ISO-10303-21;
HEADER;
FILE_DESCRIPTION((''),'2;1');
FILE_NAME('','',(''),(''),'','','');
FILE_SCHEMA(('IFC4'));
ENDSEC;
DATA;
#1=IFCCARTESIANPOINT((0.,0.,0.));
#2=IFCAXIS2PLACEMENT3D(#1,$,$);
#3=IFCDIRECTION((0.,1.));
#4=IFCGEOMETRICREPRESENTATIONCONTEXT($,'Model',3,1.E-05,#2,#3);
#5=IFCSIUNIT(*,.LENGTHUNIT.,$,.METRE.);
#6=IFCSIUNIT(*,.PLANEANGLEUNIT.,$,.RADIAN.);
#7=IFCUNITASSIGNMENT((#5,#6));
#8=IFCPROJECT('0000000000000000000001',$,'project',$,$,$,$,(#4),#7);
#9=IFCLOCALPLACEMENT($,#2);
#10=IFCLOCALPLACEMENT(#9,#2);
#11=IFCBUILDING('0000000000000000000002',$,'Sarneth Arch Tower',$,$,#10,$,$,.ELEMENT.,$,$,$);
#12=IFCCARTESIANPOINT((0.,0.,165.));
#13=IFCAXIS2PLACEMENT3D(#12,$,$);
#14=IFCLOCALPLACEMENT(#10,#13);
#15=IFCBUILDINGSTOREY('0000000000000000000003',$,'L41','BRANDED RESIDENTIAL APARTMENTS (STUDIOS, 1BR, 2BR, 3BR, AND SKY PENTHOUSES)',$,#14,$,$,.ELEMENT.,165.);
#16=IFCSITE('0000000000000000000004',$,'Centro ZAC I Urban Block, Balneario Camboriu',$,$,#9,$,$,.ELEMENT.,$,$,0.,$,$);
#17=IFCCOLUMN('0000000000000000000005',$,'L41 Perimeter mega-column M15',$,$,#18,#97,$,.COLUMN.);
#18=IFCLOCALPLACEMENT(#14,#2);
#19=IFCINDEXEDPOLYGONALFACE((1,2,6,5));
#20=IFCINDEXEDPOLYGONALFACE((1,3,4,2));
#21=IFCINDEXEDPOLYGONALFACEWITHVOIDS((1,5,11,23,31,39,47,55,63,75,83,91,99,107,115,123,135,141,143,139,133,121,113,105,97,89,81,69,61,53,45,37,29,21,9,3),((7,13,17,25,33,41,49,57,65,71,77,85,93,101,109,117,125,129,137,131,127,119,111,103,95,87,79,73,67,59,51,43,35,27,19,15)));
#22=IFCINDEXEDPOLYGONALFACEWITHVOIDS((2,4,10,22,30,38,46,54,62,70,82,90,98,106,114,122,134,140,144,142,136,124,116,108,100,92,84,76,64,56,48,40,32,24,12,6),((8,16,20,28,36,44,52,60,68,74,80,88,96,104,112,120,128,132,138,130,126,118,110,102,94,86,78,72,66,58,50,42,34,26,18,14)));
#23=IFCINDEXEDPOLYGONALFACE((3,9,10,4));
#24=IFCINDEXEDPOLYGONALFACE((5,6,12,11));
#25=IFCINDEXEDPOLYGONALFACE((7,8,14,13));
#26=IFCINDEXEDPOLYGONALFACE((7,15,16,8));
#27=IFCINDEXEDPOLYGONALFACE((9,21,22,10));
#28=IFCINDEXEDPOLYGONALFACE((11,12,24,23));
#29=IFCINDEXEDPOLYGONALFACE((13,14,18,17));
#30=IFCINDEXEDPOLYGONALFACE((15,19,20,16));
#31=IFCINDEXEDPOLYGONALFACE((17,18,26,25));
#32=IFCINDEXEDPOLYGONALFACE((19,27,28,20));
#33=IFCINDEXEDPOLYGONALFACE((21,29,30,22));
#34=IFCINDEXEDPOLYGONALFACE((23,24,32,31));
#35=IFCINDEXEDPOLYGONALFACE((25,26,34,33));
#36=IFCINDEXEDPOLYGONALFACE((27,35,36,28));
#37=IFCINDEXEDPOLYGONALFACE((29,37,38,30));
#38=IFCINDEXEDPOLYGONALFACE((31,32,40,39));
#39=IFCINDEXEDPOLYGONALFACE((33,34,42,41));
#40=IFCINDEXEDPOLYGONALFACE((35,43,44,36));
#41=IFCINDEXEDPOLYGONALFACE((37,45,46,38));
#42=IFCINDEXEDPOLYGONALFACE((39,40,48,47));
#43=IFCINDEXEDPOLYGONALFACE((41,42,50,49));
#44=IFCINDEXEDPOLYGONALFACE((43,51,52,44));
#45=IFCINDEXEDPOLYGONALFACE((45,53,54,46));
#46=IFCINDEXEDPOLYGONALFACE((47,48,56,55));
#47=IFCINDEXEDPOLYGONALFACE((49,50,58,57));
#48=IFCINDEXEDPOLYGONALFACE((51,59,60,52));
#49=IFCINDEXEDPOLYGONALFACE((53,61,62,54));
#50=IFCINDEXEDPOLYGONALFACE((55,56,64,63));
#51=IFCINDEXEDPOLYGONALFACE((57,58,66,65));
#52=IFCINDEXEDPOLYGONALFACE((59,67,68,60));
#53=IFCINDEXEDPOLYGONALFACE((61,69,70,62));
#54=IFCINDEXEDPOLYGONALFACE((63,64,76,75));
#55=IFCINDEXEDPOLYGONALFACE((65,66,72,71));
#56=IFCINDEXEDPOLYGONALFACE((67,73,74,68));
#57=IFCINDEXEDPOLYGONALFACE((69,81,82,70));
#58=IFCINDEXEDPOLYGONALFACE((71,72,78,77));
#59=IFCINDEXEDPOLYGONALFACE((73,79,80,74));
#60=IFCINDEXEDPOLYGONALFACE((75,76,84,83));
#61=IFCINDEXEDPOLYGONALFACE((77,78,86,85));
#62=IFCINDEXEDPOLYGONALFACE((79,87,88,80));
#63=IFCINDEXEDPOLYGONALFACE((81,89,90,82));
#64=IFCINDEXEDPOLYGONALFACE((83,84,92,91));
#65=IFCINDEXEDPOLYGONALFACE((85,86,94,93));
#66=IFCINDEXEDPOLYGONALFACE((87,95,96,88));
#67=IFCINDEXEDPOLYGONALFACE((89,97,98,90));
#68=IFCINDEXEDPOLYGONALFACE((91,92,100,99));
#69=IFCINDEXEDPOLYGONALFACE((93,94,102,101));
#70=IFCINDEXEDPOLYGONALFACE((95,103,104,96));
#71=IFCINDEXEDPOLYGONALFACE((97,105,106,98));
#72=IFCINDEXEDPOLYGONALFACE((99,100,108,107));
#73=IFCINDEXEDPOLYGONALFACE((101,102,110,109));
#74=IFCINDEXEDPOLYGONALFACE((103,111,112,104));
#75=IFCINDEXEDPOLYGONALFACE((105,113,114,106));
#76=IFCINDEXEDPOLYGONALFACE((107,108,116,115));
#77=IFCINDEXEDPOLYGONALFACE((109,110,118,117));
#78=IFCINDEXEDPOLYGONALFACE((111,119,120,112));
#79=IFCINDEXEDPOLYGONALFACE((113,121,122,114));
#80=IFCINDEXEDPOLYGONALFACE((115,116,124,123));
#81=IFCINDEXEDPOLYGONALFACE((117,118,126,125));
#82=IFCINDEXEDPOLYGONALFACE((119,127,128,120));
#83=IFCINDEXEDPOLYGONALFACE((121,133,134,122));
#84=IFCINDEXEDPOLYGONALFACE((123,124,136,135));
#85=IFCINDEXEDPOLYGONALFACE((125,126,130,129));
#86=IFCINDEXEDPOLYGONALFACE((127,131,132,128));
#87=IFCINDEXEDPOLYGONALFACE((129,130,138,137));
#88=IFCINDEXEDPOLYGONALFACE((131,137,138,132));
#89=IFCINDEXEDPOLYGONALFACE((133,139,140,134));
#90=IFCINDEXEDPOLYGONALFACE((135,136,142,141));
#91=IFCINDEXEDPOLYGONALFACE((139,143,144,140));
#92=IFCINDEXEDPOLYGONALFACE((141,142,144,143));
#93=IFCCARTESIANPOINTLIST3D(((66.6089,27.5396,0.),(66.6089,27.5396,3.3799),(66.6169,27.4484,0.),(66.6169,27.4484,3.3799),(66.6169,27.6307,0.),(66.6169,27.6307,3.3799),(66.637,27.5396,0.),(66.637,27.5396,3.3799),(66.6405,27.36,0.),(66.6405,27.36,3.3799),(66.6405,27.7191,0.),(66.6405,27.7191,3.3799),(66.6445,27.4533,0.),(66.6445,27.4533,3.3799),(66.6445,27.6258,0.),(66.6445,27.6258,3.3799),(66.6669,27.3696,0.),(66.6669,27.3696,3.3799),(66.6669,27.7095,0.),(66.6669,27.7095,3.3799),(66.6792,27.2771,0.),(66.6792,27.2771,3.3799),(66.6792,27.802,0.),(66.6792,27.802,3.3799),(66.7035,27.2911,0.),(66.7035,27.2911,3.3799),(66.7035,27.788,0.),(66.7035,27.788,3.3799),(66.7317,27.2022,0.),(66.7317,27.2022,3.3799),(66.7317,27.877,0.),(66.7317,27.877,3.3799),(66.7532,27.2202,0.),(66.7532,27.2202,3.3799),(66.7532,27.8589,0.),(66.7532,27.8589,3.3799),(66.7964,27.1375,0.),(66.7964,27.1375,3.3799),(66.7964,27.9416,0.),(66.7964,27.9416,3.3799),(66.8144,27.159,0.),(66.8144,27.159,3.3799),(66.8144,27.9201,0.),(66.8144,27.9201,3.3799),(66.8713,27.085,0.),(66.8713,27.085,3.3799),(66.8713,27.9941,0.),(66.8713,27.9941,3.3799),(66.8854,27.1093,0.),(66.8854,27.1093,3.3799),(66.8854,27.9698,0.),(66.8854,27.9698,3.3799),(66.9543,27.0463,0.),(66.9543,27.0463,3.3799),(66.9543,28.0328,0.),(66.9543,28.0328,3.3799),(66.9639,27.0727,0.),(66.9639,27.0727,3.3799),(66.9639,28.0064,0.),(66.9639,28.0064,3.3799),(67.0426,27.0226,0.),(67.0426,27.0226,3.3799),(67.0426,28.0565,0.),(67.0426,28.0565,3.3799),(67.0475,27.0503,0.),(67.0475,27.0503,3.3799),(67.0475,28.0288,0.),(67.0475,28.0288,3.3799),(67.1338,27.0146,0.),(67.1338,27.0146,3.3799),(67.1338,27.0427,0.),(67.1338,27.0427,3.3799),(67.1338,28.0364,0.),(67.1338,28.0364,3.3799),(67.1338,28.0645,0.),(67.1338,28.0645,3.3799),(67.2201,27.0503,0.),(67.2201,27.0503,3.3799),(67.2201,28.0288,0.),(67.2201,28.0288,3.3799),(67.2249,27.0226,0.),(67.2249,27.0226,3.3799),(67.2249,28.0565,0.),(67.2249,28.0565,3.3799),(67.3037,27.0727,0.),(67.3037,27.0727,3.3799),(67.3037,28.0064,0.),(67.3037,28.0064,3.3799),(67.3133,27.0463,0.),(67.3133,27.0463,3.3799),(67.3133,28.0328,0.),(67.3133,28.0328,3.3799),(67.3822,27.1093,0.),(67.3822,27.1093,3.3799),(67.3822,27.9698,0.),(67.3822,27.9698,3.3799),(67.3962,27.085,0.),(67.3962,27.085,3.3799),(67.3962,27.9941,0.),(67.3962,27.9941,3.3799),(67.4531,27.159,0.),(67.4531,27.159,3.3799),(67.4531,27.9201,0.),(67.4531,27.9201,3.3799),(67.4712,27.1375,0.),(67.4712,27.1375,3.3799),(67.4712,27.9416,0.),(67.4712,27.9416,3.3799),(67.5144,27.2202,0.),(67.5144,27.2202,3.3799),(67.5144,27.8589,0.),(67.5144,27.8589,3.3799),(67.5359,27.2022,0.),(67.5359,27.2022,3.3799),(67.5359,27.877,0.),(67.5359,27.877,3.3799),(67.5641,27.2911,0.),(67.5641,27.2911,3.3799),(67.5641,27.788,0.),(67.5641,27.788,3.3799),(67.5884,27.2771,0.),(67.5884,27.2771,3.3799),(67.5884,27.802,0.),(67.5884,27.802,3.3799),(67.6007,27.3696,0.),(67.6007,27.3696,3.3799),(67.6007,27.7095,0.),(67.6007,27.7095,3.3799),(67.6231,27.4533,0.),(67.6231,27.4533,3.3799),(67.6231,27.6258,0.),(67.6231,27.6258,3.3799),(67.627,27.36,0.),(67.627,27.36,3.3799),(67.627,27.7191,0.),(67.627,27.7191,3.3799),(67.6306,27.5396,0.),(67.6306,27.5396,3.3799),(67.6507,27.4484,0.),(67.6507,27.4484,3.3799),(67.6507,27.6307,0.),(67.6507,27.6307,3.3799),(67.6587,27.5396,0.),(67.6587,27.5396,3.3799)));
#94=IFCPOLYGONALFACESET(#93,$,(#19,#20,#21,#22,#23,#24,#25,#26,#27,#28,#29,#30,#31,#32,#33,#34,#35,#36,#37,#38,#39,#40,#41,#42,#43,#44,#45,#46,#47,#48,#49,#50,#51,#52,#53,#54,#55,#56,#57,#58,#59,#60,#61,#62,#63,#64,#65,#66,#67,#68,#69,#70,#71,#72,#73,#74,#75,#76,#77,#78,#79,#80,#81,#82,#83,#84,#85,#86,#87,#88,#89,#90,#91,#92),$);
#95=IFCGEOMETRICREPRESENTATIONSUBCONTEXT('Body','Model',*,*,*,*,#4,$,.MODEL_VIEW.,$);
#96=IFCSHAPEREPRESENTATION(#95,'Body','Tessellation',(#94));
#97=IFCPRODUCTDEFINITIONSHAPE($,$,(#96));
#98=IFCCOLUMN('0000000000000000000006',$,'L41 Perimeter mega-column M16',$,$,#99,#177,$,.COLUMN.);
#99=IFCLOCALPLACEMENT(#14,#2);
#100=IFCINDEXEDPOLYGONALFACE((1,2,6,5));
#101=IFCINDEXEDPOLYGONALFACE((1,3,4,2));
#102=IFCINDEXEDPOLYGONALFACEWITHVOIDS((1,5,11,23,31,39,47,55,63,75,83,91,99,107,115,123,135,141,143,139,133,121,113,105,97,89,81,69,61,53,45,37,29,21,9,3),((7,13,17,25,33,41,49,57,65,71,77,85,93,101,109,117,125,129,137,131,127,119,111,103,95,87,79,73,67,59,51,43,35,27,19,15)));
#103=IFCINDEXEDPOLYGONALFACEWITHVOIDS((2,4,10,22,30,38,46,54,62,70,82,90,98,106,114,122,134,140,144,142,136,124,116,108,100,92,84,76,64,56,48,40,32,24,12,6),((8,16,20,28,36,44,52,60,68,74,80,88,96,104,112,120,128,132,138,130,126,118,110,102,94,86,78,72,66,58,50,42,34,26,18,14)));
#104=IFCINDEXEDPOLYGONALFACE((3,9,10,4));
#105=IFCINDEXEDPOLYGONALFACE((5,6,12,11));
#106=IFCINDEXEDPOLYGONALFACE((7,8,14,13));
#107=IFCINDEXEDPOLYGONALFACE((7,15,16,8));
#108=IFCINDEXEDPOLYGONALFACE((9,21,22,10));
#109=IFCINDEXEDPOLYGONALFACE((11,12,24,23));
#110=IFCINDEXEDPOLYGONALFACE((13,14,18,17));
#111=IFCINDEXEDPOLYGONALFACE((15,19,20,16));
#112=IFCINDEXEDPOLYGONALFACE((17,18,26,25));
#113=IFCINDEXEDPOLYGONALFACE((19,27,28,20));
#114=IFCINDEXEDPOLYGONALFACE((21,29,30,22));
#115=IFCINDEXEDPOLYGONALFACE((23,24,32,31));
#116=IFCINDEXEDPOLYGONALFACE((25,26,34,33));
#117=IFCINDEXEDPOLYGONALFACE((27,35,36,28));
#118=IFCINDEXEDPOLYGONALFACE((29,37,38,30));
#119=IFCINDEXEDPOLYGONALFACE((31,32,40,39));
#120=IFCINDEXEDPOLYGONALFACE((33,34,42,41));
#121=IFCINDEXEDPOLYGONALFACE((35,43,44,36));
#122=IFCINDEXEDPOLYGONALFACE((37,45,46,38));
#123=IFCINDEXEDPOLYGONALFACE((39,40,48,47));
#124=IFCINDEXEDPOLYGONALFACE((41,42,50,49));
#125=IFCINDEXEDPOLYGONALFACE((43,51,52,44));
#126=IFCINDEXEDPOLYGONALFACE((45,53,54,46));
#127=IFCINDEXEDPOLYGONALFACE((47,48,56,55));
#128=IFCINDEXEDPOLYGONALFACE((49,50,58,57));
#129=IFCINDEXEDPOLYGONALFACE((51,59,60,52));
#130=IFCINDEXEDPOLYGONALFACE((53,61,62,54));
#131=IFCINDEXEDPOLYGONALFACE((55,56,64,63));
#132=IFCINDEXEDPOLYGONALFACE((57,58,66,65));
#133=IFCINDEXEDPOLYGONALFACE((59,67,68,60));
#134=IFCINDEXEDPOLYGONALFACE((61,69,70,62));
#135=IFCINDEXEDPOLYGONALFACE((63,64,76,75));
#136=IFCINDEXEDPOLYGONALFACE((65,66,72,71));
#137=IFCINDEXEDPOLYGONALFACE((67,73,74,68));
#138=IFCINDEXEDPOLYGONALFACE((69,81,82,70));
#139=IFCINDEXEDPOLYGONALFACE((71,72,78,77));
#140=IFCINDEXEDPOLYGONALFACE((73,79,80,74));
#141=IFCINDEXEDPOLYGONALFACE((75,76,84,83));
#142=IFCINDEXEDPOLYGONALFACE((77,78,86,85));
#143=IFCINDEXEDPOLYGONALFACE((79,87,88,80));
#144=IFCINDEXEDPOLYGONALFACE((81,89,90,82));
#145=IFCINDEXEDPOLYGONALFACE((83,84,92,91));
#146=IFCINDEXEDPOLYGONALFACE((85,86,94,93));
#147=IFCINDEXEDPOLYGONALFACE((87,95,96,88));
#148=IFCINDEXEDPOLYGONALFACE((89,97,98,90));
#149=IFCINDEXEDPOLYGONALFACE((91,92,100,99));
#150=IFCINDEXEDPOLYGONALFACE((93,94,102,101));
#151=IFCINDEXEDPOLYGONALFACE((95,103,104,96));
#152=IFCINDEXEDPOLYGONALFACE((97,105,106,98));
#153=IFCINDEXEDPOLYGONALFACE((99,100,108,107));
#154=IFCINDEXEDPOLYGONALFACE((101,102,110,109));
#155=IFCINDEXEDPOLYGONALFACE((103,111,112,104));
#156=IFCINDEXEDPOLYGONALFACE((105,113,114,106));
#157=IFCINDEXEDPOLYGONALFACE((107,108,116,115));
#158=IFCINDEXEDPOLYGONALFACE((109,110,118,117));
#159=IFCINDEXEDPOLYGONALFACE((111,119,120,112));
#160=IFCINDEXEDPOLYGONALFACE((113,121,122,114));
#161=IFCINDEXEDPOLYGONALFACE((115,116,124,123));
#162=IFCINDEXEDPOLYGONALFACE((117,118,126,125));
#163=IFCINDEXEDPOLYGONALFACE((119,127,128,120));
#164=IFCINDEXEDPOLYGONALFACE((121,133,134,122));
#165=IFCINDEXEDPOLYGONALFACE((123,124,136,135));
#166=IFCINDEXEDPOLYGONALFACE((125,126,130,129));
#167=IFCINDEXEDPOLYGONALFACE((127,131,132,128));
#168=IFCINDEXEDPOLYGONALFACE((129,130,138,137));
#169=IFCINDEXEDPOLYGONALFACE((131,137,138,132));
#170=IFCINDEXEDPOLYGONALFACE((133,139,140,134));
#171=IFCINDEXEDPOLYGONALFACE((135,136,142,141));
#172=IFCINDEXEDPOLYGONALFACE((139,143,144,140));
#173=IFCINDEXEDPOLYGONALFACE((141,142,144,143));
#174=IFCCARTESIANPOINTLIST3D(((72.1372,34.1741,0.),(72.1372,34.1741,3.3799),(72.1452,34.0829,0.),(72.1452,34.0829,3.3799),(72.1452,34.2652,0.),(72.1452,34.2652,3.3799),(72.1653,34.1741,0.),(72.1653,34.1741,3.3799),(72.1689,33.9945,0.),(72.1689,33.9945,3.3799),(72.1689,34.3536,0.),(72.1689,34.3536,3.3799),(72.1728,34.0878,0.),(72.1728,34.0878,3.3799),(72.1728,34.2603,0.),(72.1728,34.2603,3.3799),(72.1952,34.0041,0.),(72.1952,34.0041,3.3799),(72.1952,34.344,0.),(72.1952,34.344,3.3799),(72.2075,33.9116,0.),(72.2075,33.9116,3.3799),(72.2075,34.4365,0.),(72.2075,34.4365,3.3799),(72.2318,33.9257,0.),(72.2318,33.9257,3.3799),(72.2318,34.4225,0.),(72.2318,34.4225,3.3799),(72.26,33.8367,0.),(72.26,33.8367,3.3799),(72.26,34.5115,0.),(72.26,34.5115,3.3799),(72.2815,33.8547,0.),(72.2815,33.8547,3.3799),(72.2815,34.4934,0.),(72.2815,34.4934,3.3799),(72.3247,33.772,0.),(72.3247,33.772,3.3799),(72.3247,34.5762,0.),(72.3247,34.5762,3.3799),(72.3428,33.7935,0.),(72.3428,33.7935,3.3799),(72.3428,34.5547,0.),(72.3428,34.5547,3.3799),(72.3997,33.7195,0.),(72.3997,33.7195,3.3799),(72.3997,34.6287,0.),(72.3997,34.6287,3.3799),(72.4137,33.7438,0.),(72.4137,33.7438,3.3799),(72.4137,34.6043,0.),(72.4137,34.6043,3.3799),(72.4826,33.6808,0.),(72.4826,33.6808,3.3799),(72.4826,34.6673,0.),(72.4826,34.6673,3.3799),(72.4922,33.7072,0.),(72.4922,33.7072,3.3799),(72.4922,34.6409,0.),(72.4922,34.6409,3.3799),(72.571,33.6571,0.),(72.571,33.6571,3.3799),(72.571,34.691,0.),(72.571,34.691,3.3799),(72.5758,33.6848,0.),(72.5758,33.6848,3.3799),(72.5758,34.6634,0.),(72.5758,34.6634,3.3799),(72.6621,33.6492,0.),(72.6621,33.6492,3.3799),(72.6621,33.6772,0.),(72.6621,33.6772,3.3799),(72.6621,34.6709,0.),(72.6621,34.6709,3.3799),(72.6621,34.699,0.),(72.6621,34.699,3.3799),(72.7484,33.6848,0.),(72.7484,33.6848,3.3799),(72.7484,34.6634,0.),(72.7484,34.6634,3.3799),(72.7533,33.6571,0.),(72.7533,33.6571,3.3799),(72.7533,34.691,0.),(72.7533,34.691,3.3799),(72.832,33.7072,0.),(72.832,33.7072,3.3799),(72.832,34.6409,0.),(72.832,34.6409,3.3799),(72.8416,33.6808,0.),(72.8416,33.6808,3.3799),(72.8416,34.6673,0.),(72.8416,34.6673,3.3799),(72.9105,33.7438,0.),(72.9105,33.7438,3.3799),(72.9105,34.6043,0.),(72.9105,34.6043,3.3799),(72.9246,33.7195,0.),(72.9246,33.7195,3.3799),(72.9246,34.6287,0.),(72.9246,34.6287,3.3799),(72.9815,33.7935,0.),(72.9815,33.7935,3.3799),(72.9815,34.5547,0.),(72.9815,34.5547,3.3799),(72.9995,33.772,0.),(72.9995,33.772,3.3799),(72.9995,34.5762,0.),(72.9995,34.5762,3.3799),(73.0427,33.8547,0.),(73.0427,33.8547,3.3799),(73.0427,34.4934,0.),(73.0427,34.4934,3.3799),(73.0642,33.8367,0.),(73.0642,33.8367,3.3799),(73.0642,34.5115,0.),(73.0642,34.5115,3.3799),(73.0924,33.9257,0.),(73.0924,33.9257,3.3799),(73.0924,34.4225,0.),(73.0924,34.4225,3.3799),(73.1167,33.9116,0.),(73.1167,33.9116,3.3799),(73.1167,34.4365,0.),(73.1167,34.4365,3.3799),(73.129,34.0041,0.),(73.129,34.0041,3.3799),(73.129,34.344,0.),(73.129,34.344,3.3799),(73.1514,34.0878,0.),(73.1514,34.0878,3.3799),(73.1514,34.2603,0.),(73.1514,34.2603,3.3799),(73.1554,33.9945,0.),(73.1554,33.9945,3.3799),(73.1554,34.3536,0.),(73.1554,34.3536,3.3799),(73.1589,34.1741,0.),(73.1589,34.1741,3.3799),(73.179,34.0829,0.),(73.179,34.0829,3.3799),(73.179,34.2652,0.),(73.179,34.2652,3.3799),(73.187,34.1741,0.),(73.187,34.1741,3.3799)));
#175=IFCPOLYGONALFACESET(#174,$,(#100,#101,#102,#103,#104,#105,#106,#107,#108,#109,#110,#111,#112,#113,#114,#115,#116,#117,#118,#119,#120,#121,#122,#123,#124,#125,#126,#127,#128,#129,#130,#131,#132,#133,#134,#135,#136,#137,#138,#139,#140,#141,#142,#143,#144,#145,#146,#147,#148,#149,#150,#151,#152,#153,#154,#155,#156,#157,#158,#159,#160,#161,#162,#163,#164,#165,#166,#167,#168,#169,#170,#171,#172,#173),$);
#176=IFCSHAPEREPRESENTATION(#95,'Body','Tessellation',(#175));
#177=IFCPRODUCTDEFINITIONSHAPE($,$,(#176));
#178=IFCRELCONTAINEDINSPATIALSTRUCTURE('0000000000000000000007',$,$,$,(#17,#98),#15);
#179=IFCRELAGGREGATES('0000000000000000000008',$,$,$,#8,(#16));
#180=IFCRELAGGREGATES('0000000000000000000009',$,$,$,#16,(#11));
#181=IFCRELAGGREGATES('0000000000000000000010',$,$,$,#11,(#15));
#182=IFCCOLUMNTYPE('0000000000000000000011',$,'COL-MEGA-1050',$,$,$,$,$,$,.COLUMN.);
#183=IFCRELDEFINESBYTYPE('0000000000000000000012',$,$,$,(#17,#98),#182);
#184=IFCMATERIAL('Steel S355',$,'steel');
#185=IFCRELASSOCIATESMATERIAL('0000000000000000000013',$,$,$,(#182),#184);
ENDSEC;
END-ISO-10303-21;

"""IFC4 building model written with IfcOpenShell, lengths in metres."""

from ifc_helpers import new_model, si_unit, direction, frame, origin, origin_2d, place, context, subcontext, project, spatial, hollow_circle, extrude, material, material_profile, profile_set, type_object, element, save


model = new_model("IFC4")

# Units and contexts
model_context = context("Model", 3, precision=1e-05, world=origin(), true_north=direction((0.0, 1.0)))
body_context = subcontext(model_context, "Body", "Model", "MODEL_VIEW")
ifc_project = project(units=[si_unit("LENGTHUNIT", "METRE"), si_unit("PLANEANGLEUNIT", "RADIAN")], contexts=[model_context])

# Site, building, storey
site_placement = place(None, origin())
site = spatial("IfcSite", under=ifc_project, at=site_placement, Name="Centro ZAC I Urban Block, Balneario Camboriu", CompositionType="ELEMENT", RefElevation=0.0)
building_placement = place(site_placement, origin())
building = spatial("IfcBuilding", under=site, at=building_placement, Name="Sarneth Arch Tower", CompositionType="ELEMENT")
storey_placement = place(building_placement, frame((0.0, 0.0, 165.0)))
storey = spatial("IfcBuildingStorey", under=building, at=storey_placement, Name="L41", Description="BRANDED RESIDENTIAL APARTMENTS (STUDIOS, 1BR, 2BR, 3BR, AND SKY PENTHOUSES)", CompositionType="ELEMENT", Elevation=165.0)

# Columns
ifc_material_1 = material(Name="Steel S355", Category="steel")
ifc_material_profile_1 = material_profile(ifc_material_1, hollow_circle(Radius=0.5249, WallThickness=0.0281, at=origin_2d()), Name="CHS1050x28")
ifc_profile_set_1 = profile_set([ifc_material_profile_1], Name="Steel S355")
column_type = type_object("IfcColumnType", Name="COL-MEGA-1050", PredefinedType="COLUMN", material=ifc_profile_set_1)
for number, where, z_axis, x_axis, name in (
    (1, (67.1338, 27.5396, 0.0), (0.0, 0.0, 1.0), (1.0, 0.0, 0.0), "L41 Perimeter mega-column M15"),
    (2, (72.6621, 34.1741, 0.0), (0.0, 0.0, 1.0), (1.0, 0.0, 0.0), "L41 Perimeter mega-column M16"),
):
    element("IfcColumn", number, at=place(storey_placement, frame(where, z_axis=z_axis, x_axis=x_axis)), inside=storey, type_object=column_type, Name=name, PredefinedType="COLUMN", context=body_context, shape_type="SweptSolid", body=[
        extrude(hollow_circle(Radius=0.5249, WallThickness=0.0281, at=origin_2d()), origin(), (0.0, 0.0, 1.0), 3.3799),
    ])

save(model, "model.ifc")
